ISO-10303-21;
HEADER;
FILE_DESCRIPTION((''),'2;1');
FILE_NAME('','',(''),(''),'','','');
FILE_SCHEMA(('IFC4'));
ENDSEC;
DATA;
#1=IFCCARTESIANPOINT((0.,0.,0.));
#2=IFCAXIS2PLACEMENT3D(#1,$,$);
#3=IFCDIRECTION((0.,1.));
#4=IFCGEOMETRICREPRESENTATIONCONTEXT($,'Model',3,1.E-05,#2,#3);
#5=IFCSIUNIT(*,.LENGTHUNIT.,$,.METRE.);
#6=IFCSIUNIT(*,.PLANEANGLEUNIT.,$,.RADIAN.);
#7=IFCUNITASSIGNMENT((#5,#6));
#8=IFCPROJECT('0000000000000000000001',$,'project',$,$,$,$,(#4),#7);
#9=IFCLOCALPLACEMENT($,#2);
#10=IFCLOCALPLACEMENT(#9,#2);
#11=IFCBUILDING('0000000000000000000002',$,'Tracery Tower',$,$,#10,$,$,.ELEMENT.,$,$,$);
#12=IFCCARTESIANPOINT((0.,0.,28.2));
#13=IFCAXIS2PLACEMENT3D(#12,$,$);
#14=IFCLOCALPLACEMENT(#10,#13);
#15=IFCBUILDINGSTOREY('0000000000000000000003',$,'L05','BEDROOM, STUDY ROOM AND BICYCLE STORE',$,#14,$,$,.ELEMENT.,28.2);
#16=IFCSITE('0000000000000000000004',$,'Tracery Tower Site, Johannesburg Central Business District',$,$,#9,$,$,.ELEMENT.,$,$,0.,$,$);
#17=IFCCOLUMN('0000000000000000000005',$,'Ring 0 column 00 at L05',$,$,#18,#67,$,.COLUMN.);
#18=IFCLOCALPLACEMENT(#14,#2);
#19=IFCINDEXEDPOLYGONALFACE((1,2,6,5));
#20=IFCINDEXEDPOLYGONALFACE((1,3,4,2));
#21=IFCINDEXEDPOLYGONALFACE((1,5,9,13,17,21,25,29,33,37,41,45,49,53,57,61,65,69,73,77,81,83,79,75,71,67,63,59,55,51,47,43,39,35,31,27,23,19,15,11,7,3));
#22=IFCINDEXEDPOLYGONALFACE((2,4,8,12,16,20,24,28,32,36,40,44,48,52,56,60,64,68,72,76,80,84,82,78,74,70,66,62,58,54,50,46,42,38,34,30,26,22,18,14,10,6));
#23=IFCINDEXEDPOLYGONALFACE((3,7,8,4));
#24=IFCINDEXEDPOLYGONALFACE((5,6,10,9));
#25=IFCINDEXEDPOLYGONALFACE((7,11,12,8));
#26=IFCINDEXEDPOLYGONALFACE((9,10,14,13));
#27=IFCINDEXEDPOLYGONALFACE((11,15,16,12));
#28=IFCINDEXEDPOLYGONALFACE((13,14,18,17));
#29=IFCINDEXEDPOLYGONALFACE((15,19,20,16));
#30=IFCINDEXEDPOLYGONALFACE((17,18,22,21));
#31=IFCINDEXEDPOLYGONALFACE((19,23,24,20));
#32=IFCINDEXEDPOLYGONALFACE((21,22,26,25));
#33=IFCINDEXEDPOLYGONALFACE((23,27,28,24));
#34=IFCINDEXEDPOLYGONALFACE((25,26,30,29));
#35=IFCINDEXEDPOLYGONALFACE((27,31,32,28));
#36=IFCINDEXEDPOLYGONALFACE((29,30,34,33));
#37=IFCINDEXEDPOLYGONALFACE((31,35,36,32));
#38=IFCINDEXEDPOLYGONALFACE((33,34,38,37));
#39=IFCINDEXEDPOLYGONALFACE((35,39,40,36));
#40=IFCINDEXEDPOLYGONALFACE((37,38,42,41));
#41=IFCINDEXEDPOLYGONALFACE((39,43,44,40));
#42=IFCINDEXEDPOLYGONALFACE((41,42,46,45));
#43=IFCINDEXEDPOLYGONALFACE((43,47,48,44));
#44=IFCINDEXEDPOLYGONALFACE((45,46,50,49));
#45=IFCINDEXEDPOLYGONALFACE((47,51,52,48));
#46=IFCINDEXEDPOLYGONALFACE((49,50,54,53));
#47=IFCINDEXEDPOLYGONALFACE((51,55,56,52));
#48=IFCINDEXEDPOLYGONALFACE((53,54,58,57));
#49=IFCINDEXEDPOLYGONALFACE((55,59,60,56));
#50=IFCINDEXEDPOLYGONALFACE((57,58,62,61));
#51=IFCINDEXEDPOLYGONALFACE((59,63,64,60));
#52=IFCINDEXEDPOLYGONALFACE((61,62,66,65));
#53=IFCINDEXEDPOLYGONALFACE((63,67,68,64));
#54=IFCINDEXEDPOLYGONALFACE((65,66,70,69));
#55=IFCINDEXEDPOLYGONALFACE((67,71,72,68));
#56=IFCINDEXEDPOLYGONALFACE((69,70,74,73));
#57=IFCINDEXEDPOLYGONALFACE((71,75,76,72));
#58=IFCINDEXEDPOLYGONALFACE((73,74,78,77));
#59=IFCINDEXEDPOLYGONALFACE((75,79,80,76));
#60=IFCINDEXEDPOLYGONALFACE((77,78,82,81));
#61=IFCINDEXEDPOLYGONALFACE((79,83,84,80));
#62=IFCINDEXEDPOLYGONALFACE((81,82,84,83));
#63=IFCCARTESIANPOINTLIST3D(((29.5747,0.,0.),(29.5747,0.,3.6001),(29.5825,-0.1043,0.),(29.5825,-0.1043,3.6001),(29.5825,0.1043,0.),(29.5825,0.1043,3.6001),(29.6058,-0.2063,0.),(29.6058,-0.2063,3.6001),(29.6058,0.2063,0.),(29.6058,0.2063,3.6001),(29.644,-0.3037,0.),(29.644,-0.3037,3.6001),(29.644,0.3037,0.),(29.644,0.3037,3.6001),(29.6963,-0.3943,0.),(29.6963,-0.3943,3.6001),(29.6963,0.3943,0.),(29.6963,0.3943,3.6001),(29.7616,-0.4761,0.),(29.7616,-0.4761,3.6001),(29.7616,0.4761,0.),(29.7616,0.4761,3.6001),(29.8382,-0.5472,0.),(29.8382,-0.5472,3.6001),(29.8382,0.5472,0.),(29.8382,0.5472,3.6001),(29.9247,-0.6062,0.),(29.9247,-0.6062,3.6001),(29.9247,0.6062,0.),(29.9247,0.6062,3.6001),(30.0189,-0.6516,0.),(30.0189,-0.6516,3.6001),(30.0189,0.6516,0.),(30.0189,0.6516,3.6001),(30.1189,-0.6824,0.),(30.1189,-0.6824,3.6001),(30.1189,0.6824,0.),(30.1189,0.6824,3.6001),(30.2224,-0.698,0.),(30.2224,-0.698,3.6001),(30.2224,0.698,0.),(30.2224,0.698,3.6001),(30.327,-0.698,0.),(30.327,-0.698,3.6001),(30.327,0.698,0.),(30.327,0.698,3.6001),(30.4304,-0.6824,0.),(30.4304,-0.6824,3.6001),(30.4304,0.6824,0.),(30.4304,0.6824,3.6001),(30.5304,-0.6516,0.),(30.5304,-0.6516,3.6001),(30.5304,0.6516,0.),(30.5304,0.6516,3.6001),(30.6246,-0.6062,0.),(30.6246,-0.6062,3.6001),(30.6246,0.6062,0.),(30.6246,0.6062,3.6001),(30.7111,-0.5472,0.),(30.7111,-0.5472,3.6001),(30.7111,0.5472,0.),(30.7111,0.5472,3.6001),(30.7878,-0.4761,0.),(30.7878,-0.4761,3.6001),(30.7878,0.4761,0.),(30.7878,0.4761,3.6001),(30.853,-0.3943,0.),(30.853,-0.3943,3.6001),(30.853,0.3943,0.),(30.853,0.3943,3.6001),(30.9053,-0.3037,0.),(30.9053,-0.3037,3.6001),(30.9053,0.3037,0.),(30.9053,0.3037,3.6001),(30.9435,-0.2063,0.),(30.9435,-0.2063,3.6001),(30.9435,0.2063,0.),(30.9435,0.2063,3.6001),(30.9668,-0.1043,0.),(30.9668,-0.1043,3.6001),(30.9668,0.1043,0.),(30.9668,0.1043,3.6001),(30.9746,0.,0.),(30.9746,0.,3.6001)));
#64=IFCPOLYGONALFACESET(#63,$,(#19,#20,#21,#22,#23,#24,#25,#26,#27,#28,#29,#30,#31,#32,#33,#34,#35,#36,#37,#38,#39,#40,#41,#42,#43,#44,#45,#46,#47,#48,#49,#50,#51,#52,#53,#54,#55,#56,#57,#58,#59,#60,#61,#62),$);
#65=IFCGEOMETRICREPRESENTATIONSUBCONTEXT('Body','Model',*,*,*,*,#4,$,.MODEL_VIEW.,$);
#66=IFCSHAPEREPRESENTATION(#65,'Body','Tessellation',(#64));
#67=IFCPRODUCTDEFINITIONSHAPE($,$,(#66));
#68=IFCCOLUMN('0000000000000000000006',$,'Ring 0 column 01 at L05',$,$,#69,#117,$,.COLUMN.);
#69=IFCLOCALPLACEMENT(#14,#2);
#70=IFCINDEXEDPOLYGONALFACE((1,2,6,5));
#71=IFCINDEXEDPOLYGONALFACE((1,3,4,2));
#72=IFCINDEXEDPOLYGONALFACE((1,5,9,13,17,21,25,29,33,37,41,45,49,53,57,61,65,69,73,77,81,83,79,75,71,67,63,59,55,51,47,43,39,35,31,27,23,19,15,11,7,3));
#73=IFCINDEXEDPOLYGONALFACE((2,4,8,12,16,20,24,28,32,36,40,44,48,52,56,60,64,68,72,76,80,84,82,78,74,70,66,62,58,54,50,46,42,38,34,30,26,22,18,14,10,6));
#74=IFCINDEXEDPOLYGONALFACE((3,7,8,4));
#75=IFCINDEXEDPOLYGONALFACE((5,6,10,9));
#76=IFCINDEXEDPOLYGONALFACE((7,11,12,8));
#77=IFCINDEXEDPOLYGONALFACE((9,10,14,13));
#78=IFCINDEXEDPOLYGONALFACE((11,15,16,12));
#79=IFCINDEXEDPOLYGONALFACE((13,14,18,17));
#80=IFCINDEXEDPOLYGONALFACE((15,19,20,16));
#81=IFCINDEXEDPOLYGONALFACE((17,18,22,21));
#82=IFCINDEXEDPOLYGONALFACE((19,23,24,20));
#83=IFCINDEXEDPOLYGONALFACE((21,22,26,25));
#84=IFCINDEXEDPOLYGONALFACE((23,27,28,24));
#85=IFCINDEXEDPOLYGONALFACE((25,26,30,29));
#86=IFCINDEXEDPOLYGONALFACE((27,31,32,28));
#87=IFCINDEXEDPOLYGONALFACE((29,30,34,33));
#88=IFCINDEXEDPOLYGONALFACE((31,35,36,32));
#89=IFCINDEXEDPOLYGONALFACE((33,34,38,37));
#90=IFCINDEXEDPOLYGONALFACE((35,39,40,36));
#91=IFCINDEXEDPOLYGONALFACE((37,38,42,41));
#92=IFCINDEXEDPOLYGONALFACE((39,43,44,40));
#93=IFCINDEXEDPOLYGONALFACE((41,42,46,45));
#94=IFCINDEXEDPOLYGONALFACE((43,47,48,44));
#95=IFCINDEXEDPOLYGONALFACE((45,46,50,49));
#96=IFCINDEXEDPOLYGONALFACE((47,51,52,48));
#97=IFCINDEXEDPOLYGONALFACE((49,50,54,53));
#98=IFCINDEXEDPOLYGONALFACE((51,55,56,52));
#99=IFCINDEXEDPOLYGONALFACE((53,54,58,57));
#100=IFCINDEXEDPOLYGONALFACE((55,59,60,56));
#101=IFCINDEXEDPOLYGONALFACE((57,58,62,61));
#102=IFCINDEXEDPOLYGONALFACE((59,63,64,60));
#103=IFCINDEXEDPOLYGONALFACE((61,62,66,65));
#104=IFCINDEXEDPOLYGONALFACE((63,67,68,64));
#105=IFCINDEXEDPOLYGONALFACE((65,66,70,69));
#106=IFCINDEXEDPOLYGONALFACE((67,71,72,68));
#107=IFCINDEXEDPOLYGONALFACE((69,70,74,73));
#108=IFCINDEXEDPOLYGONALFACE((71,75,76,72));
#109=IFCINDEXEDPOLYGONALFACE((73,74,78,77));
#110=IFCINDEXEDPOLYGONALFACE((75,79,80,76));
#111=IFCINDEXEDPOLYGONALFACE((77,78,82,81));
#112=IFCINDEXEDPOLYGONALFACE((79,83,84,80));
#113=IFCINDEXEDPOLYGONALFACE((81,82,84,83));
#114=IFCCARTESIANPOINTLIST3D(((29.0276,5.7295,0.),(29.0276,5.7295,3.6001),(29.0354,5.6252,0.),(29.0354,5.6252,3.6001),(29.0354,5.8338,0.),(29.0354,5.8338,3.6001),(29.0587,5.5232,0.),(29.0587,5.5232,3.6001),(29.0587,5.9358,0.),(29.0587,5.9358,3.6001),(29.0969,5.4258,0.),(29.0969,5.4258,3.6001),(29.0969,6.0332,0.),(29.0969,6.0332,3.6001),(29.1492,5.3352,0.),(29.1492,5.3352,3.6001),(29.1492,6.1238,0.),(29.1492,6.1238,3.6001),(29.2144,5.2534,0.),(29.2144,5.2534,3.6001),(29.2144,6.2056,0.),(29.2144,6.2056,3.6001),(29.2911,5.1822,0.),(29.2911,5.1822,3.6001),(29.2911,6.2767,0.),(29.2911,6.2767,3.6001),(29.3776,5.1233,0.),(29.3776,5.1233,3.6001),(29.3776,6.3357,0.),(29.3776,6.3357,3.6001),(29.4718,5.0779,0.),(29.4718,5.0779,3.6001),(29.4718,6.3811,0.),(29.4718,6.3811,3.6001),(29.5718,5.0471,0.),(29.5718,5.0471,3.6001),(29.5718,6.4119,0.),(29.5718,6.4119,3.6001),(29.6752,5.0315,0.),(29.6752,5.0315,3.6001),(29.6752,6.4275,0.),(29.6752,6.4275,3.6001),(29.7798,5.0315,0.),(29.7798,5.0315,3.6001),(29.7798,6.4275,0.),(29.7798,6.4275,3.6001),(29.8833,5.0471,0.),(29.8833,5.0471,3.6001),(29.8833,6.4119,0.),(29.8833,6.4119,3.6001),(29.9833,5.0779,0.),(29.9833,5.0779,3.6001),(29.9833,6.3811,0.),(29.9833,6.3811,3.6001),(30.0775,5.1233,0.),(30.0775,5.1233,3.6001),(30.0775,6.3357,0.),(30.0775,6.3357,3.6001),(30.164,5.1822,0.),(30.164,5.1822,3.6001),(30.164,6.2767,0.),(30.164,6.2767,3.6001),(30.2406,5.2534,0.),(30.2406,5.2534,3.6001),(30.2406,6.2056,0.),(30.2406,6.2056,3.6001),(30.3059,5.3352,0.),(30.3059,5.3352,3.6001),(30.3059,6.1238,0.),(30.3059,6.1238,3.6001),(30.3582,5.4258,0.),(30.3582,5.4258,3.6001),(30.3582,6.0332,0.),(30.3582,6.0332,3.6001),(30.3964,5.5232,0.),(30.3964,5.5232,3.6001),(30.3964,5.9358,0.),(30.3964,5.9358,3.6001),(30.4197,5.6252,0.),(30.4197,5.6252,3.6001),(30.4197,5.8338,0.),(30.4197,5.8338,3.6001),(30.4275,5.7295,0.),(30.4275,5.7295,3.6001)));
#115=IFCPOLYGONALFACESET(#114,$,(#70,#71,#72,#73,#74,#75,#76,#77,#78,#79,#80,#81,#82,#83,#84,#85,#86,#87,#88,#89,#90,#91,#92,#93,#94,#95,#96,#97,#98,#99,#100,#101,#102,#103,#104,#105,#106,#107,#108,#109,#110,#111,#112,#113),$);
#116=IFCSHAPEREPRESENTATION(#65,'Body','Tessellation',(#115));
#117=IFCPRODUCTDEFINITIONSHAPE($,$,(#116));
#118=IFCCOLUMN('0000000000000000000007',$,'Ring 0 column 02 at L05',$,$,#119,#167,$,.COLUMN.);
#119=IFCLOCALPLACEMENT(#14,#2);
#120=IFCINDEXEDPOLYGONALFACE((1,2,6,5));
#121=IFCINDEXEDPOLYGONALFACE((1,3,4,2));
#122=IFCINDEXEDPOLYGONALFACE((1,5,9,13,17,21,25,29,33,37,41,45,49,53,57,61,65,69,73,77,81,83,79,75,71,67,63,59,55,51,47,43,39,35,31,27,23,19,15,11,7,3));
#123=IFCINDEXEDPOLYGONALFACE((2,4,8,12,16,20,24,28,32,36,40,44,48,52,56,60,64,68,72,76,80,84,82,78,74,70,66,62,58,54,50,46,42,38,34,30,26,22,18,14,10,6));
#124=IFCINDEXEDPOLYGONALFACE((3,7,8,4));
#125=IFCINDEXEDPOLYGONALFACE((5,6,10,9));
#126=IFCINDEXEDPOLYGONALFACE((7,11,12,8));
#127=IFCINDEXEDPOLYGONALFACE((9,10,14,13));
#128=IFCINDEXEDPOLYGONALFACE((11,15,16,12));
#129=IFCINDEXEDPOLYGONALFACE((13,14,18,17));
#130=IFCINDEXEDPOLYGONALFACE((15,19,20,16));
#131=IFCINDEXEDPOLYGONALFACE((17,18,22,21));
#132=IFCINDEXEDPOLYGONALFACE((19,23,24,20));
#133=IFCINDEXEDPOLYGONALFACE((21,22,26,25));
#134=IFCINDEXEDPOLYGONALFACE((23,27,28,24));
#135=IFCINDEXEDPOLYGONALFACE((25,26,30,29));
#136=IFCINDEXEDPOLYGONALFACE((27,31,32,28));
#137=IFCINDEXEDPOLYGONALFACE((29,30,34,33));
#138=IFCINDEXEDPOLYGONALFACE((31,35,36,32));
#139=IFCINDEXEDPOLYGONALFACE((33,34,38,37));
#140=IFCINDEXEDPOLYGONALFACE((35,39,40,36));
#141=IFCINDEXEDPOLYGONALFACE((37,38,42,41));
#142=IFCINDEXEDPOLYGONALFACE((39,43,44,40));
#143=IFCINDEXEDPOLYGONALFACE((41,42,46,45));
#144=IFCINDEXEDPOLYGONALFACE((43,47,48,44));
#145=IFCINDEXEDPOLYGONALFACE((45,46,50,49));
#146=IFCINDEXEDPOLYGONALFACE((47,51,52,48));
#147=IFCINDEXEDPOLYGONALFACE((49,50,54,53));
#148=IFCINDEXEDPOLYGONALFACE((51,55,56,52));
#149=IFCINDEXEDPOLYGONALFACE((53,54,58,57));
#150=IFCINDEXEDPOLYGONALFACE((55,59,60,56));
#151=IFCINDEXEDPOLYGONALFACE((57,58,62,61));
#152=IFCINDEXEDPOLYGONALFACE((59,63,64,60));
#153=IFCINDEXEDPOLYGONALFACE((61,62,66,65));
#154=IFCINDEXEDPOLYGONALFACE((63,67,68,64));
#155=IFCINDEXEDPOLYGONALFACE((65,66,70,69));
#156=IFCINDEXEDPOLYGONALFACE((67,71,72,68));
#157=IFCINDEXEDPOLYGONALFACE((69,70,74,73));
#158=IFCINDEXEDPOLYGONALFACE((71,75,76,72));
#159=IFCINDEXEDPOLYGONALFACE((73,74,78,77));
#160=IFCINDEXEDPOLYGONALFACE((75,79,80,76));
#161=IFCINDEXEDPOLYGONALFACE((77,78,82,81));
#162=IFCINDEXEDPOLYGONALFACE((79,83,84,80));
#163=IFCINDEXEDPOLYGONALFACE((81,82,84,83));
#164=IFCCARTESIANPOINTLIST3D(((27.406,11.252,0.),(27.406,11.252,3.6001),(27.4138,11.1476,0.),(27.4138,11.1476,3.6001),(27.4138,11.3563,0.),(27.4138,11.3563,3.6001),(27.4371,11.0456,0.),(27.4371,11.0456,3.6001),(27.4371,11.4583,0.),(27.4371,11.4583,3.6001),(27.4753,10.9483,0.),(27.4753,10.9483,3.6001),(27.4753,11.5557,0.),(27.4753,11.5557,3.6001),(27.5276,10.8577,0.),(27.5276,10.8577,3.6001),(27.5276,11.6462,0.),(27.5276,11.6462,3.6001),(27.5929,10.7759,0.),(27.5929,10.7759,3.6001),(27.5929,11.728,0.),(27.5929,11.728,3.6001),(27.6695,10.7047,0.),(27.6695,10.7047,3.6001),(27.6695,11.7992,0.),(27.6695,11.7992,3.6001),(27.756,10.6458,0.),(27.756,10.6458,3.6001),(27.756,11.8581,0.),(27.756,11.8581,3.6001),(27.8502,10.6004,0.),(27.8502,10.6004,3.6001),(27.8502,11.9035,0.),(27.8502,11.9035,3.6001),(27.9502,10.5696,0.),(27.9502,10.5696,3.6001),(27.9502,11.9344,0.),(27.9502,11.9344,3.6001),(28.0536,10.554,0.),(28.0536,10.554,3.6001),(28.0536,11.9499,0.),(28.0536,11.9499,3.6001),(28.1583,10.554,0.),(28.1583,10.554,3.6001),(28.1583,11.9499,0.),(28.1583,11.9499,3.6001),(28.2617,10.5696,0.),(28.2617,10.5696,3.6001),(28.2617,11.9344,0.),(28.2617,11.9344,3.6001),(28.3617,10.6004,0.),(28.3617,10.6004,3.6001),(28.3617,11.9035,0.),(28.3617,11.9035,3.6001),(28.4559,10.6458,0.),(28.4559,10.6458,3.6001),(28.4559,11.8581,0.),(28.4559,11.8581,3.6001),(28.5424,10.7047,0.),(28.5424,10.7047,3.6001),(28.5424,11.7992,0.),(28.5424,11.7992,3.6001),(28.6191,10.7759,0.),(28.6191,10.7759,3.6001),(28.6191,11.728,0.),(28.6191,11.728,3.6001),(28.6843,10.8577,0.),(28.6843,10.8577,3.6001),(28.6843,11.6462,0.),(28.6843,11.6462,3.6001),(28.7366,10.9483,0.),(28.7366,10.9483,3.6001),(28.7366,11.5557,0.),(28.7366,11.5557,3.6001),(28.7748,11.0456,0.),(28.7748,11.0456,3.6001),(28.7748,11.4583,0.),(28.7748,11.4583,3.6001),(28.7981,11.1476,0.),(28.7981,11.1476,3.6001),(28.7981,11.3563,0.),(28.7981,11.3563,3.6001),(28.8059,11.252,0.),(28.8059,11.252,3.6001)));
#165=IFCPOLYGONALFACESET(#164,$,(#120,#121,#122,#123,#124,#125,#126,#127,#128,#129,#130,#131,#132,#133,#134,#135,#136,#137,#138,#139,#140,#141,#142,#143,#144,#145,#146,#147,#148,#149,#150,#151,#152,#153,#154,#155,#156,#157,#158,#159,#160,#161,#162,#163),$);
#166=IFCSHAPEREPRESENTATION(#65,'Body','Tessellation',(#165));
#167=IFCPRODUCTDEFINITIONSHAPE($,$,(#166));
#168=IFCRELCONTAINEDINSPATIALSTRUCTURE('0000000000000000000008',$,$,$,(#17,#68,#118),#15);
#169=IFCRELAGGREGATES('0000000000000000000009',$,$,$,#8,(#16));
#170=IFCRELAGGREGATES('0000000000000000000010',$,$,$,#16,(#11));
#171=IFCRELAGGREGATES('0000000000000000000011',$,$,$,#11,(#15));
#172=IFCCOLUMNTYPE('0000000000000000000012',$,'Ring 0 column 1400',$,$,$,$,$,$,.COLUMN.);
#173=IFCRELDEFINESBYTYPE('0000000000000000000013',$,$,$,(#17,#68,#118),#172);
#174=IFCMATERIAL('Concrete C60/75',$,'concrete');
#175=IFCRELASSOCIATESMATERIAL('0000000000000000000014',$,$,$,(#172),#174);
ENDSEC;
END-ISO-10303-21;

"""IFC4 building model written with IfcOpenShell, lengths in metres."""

from ifc_helpers import new_model, si_unit, direction, frame, origin, origin_2d, place, context, subcontext, project, spatial, circle, extrude, material, material_profile, profile_set, type_object, element, save


model = new_model("IFC4")

# Units and contexts
model_context = context("Model", 3, precision=1e-05, world=origin(), true_north=direction((0.0, 1.0)))
body_context = subcontext(model_context, "Body", "Model", "MODEL_VIEW")
ifc_project = project(units=[si_unit("LENGTHUNIT", "METRE"), si_unit("PLANEANGLEUNIT", "RADIAN")], contexts=[model_context])

# Site, building, storey
site_placement = place(None, origin())
site = spatial("IfcSite", under=ifc_project, at=site_placement, Name="Tracery Tower Site, Johannesburg Central Business District", CompositionType="ELEMENT", RefElevation=0.0)
building_placement = place(site_placement, origin())
building = spatial("IfcBuilding", under=site, at=building_placement, Name="Tracery Tower", CompositionType="ELEMENT")
storey_placement = place(building_placement, frame((0.0, 0.0, 28.2)))
storey = spatial("IfcBuildingStorey", under=building, at=storey_placement, Name="L05", Description="BEDROOM, STUDY ROOM AND BICYCLE STORE", CompositionType="ELEMENT", Elevation=28.2)

# Columns
ifc_material_1 = material(Name="Concrete C60/75", Category="concrete")
ifc_material_profile_1 = material_profile(ifc_material_1, circle(Radius=0.7, at=origin_2d()), Name="RC D1400")
ifc_profile_set_1 = profile_set([ifc_material_profile_1], Name="Concrete C60/75")
column_type_1 = type_object("IfcColumnType", Name="Ring 0 column 1400", PredefinedType="COLUMN", material=ifc_profile_set_1)
for number, where, z_axis, x_axis, name in (
    (1, (30.2747, 0.0, 0.0), (0.0, 0.0, 1.0), (1.0, 0.0, 0.0), "Ring 0 column 00 at L05"),
    (2, (29.7275, 5.7295, 0.0), (0.0, 0.0, 1.0), (1.0, 0.0, 0.0), "Ring 0 column 01 at L05"),
    (3, (28.106, 11.252, 0.0), (0.0, 0.0, 1.0), (1.0, 0.0, 0.0), "Ring 0 column 02 at L05"),
):
    element("IfcColumn", number, at=place(storey_placement, frame(where, z_axis=z_axis, x_axis=x_axis)), inside=storey, type_object=column_type_1, Name=name, PredefinedType="COLUMN", context=body_context, shape_type="SweptSolid", body=[
        extrude(circle(Radius=0.7, at=origin_2d()), origin(), (0.0, 0.0, 1.0), 3.6001),
    ])

save(model, "model.ifc")
